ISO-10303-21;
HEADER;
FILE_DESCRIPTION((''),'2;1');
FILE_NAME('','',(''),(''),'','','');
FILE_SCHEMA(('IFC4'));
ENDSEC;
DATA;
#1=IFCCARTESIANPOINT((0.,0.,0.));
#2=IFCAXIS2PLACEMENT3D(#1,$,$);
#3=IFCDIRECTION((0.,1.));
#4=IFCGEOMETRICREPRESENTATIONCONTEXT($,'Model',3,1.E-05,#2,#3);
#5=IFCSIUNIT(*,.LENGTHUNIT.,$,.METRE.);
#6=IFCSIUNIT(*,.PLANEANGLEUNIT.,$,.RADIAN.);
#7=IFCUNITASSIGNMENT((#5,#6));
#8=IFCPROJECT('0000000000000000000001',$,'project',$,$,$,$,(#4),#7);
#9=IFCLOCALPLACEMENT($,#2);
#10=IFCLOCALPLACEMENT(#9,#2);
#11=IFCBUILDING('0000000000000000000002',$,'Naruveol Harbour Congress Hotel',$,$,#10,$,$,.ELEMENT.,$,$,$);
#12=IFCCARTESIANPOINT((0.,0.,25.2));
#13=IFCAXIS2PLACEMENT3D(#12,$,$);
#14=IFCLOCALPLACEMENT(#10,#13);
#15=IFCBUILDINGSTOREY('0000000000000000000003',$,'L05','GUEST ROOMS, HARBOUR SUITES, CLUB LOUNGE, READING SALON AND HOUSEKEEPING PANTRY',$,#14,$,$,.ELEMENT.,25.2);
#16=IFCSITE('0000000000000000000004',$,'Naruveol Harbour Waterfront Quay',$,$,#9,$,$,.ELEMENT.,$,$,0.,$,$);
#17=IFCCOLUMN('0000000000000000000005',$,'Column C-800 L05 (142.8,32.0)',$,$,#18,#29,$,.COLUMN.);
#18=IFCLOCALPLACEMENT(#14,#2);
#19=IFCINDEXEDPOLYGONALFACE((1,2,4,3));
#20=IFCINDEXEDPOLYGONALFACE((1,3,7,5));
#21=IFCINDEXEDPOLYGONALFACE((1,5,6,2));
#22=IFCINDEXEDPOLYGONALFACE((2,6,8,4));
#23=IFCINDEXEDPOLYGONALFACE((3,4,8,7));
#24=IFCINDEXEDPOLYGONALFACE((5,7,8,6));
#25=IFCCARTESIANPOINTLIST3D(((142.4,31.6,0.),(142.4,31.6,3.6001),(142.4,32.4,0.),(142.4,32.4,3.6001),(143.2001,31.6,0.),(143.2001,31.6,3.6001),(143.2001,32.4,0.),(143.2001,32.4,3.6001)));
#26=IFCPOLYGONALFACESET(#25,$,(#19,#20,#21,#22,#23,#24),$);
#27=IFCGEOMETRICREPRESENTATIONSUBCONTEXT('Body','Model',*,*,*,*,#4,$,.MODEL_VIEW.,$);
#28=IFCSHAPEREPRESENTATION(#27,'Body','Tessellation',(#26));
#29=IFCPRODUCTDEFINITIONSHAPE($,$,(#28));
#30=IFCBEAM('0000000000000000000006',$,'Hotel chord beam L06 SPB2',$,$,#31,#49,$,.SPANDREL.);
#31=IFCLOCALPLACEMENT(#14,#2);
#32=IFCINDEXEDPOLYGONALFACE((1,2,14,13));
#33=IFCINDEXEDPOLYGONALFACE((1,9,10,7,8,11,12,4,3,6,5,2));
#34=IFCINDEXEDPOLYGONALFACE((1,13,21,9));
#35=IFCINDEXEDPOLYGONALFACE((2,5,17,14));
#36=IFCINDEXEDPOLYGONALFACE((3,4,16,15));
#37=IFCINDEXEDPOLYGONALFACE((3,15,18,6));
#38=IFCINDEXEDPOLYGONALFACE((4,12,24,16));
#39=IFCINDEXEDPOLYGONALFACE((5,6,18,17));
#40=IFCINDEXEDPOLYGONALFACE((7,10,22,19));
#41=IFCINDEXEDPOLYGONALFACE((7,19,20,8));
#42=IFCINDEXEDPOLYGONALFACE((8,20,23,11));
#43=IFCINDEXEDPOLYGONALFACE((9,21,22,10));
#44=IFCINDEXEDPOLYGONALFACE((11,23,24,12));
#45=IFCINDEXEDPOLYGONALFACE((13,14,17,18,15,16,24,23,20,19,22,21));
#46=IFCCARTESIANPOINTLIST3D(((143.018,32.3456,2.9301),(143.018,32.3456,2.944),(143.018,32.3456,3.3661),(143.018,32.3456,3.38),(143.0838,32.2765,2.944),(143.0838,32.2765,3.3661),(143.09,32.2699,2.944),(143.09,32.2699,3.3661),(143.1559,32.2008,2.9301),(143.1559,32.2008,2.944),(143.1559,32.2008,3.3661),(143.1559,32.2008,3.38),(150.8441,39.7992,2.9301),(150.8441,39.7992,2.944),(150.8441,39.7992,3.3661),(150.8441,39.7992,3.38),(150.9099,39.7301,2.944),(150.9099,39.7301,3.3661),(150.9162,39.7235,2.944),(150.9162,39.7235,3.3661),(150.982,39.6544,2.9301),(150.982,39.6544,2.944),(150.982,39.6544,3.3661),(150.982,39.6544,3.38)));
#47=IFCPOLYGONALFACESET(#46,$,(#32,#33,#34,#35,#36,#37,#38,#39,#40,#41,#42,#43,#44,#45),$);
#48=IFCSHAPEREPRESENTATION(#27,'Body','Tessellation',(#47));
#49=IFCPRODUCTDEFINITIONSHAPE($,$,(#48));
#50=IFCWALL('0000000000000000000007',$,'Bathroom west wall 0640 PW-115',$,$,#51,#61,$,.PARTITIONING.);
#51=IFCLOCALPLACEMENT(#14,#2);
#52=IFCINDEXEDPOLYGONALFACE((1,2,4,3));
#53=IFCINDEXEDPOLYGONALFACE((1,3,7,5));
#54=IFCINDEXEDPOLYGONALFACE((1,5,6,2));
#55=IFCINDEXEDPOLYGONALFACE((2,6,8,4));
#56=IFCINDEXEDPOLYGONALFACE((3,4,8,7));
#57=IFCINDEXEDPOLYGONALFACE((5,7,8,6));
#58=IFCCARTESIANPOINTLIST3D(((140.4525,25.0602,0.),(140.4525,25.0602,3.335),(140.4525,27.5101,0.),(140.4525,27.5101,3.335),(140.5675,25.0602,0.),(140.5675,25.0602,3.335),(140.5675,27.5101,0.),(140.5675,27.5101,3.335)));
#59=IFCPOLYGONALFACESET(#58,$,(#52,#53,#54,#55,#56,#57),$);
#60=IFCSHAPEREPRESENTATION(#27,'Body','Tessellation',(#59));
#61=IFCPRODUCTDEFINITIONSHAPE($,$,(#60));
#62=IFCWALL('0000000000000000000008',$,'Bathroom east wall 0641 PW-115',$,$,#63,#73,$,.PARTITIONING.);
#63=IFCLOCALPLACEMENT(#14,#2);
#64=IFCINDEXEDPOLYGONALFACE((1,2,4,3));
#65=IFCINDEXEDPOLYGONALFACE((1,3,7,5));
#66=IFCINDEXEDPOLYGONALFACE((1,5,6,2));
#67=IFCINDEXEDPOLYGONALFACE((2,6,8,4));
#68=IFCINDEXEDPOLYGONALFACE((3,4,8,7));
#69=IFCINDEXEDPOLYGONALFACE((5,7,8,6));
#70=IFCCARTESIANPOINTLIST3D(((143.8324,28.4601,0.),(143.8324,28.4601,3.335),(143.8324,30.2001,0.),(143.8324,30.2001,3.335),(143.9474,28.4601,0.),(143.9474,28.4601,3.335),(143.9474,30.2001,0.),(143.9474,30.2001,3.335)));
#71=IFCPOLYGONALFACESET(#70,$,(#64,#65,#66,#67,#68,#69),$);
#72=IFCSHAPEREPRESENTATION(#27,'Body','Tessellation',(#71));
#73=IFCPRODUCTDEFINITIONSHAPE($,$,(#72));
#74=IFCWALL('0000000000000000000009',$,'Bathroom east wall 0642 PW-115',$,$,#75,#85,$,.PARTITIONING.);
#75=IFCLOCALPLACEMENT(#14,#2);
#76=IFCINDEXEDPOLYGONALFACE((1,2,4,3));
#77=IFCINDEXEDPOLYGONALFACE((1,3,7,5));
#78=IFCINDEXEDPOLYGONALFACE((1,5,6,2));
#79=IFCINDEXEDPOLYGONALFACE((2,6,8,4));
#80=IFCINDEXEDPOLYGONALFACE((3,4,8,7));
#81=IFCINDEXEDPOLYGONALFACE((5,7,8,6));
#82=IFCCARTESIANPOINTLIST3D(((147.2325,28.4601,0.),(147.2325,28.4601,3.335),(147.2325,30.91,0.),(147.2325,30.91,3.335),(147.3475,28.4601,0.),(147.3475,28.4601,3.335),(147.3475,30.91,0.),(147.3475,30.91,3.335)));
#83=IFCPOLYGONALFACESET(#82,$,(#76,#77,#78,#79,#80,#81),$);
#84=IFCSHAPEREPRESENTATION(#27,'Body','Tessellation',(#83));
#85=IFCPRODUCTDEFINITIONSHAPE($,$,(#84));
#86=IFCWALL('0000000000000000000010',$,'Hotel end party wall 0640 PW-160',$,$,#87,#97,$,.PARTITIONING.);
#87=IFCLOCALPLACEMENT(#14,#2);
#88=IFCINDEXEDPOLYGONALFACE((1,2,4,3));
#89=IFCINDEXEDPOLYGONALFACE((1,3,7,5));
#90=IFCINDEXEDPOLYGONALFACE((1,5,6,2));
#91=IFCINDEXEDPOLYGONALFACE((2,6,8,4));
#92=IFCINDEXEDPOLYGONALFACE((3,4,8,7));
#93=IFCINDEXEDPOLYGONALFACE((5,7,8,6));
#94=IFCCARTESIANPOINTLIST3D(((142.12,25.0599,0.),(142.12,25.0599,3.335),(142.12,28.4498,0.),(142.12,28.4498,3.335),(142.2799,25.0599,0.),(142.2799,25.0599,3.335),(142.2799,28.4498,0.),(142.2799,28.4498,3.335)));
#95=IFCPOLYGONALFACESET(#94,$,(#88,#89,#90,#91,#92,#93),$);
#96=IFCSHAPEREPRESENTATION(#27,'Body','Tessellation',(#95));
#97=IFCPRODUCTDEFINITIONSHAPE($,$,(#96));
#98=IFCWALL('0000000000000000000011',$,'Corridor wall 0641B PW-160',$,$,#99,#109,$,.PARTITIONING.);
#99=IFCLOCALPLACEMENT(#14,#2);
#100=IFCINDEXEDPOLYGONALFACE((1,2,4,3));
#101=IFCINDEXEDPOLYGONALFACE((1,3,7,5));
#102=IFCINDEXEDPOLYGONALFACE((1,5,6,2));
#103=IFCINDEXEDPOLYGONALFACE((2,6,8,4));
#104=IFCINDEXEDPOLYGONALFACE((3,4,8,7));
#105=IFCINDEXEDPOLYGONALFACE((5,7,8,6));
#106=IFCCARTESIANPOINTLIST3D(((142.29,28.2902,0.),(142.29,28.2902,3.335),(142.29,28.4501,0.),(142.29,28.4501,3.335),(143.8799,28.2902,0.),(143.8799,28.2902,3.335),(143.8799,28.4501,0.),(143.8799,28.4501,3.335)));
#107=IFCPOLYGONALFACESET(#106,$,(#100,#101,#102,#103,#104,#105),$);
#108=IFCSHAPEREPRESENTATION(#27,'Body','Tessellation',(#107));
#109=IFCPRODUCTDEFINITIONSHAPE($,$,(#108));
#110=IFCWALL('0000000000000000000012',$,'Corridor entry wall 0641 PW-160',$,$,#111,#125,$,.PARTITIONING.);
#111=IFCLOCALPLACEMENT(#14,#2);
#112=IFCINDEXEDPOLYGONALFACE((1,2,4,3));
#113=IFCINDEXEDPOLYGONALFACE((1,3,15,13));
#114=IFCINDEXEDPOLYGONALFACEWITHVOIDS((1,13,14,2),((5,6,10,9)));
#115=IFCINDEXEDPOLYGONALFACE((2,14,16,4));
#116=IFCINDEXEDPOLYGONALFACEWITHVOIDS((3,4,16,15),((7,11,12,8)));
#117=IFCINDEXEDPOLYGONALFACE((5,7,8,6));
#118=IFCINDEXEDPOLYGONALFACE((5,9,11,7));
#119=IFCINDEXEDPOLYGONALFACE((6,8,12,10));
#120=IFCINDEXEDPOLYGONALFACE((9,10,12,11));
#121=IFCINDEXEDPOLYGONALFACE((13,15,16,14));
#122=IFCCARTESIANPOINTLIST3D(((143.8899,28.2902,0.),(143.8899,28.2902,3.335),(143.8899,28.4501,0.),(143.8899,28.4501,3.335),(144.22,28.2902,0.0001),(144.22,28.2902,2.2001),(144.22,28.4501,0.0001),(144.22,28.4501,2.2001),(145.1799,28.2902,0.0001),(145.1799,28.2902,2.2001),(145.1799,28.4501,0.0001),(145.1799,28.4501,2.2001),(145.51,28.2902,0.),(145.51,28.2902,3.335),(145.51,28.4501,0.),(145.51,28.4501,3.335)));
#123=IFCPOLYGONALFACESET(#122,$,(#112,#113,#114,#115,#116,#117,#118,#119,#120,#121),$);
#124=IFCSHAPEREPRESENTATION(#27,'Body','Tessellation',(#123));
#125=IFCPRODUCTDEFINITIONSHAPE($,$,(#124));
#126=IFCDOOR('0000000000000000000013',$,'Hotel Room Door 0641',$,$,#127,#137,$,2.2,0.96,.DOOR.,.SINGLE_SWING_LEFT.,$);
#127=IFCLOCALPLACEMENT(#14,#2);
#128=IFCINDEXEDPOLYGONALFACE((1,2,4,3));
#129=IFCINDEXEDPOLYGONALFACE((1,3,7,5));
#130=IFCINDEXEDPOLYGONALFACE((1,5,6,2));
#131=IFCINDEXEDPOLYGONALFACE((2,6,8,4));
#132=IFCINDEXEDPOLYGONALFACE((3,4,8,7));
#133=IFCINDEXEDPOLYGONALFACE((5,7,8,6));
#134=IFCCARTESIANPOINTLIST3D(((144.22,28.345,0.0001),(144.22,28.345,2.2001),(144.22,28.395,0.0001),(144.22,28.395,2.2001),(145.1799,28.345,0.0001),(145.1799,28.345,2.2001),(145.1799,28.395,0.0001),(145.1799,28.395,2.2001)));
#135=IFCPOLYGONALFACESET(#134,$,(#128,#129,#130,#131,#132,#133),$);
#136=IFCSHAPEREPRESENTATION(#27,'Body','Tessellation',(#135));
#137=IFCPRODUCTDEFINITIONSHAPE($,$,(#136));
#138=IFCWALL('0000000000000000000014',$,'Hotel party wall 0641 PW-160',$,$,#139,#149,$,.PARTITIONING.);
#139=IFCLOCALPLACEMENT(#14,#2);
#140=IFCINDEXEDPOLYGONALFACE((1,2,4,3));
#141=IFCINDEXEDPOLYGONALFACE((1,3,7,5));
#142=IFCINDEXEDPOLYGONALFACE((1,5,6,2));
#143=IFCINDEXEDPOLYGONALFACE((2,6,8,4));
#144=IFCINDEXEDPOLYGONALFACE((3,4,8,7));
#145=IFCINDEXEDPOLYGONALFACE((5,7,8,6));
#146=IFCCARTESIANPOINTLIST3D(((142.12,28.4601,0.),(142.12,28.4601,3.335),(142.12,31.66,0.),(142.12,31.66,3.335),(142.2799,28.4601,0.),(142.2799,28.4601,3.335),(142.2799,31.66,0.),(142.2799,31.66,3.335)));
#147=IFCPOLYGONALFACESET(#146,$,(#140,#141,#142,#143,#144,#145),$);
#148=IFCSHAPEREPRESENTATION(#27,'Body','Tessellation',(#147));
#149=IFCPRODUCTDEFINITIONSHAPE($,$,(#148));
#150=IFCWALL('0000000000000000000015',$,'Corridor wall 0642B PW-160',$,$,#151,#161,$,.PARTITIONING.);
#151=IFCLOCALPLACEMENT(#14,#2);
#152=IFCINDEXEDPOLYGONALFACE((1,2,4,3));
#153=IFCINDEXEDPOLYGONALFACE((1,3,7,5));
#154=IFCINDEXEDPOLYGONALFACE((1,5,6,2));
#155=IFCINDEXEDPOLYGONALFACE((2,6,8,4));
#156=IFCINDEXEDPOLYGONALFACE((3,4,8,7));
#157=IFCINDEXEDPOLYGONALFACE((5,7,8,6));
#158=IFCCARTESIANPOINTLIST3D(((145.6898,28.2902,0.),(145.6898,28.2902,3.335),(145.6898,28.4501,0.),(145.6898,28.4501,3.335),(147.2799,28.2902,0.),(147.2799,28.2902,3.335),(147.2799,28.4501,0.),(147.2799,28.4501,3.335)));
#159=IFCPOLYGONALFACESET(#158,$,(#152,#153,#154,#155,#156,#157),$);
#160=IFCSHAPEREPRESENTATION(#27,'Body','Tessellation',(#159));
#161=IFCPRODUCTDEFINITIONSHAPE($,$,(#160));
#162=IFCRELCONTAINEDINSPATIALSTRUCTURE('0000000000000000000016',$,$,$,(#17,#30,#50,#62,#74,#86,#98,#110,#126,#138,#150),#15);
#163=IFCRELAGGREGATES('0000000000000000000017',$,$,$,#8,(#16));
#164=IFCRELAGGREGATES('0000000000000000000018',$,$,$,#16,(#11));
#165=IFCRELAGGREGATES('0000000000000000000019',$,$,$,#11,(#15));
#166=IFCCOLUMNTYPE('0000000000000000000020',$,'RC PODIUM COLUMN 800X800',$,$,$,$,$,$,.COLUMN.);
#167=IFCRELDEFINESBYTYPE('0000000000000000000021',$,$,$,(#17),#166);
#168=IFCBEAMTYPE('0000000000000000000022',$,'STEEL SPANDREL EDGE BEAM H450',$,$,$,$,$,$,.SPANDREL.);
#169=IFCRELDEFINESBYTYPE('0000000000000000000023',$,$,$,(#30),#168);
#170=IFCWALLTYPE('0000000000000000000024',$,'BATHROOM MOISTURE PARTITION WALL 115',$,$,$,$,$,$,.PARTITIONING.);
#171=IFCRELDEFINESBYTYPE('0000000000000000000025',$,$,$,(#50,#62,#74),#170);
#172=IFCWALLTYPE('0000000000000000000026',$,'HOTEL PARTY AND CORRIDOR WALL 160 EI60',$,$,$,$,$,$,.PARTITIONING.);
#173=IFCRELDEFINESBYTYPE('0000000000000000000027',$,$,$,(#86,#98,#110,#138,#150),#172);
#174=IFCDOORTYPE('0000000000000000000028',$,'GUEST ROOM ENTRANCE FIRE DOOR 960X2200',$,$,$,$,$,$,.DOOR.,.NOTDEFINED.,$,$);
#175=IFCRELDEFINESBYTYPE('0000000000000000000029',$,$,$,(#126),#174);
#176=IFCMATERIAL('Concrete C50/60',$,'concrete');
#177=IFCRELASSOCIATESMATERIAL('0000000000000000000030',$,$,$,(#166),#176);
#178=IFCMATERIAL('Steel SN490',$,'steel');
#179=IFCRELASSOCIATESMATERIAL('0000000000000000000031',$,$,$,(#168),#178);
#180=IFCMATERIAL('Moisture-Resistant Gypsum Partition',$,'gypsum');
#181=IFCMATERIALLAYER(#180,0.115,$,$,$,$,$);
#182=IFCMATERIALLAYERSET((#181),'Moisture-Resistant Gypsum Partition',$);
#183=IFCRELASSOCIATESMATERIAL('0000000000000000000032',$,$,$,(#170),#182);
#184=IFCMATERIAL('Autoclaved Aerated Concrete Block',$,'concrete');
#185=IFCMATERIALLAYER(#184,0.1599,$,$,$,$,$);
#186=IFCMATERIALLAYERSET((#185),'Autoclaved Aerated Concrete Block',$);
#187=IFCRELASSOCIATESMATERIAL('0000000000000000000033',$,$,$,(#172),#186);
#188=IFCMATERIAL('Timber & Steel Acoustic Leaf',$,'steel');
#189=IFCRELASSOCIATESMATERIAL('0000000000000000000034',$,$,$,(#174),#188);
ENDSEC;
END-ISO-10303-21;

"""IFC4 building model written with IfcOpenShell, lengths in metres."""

from ifc_helpers import new_model, si_unit, direction, frame, frame_2d, origin, origin_2d, place, context, subcontext, project, spatial, rectangle, i_section, extrude, material, layer, layer_set, material_profile, profile_set, type_object, element, fill, save


model = new_model("IFC4")

# Units and contexts
model_context = context("Model", 3, precision=1e-05, world=origin(), true_north=direction((0.0, 1.0)))
body_context = subcontext(model_context, "Body", "Model", "MODEL_VIEW")
ifc_project = project(units=[si_unit("LENGTHUNIT", "METRE"), si_unit("PLANEANGLEUNIT", "RADIAN")], contexts=[model_context])

# Site, building, storey
site_placement = place(None, origin())
site = spatial("IfcSite", under=ifc_project, at=site_placement, Name="Naruveol Harbour Waterfront Quay", CompositionType="ELEMENT", RefElevation=0.0)
building_placement = place(site_placement, origin())
building = spatial("IfcBuilding", under=site, at=building_placement, Name="Naruveol Harbour Congress Hotel", CompositionType="ELEMENT")
storey_placement = place(building_placement, frame((0.0, 0.0, 25.2)))
storey = spatial("IfcBuildingStorey", under=building, at=storey_placement, Name="L05", Description="GUEST ROOMS, HARBOUR SUITES, CLUB LOUNGE, READING SALON AND HOUSEKEEPING PANTRY", CompositionType="ELEMENT", Elevation=25.2)

# Column
ifc_material_1 = material(Name="Concrete C50/60", Category="concrete")
ifc_material_profile_1 = material_profile(ifc_material_1, rectangle(XDim=0.8, YDim=0.8, at=origin_2d()), Name="RC-800x800")
ifc_profile_set_1 = profile_set([ifc_material_profile_1], Name="Concrete C50/60")
column_type = type_object("IfcColumnType", Name="RC PODIUM COLUMN 800X800", PredefinedType="COLUMN", material=ifc_profile_set_1)
column_placement = place(storey_placement, frame((142.8, 32.0, 0.0), z_axis=(0.0, 0.0, 1.0), x_axis=(1.0, 0.0, 0.0)))
element("IfcColumn", 1, at=column_placement, inside=storey, type_object=column_type, Name="Column C-800 L05 (142.8,32.0)", PredefinedType="COLUMN", context=body_context, shape_type="SweptSolid", body=[
    extrude(rectangle(XDim=0.8, YDim=0.8, at=origin_2d()), origin(), (0.0, 0.0, 1.0), 3.6001),
])

# Beam
ifc_material_2 = material(Name="Steel SN490", Category="steel")
ifc_material_profile_2 = material_profile(ifc_material_2, i_section(OverallWidth=0.2, OverallDepth=0.45, WebThickness=0.009, FlangeThickness=0.0139, at=origin_2d()), Name="H-450x200x9x14")
ifc_profile_set_2 = profile_set([ifc_material_profile_2], Name="Steel SN490")
beam_type = type_object("IfcBeamType", Name="STEEL SPANDREL EDGE BEAM H450", PredefinedType="SPANDREL", material=ifc_profile_set_2)
beam_placement = place(storey_placement, frame((143.0869, 32.2732, 3.155), z_axis=(0.724133, 0.689661, 0.0), x_axis=(-0.689661, 0.724133, 0.0)))
element("IfcBeam", 2, at=beam_placement, inside=storey, type_object=beam_type, Name="Hotel chord beam L06 SPB2", PredefinedType="SPANDREL", context=body_context, shape_type="SweptSolid", body=[
    extrude(i_section(OverallWidth=0.2, OverallDepth=0.45, WebThickness=0.009, FlangeThickness=0.0139, at=origin_2d()), origin(), (0.0, 0.0, 1.0), 10.8076),
])

# Wall
ifc_material_3 = material(Name="Moisture-Resistant Gypsum Partition", Category="gypsum")
ifc_layer_1 = layer(ifc_material_3, 0.115)
ifc_layer_set_1 = layer_set([ifc_layer_1], Name="Moisture-Resistant Gypsum Partition")
wall_type_1 = type_object("IfcWallType", Name="BATHROOM MOISTURE PARTITION WALL 115", PredefinedType="PARTITIONING", material=ifc_layer_set_1)
wall_1_placement = place(storey_placement, frame((140.51, 25.0601, 0.0), z_axis=(0.0, 0.0, 1.0), x_axis=(0.0, 1.0, 0.0)))
element("IfcWall", 3, at=wall_1_placement, inside=storey, type_object=wall_type_1, Name="Bathroom west wall 0640 PW-115", PredefinedType="PARTITIONING", context=body_context, shape_type="SweptSolid", body=[
    extrude(rectangle(XDim=2.45, YDim=0.115, at=frame_2d((1.2251, 0.0))), origin(), (0.0, 0.0, 1.0), 3.335),
])

# Wall
wall_2_placement = place(storey_placement, frame((143.8899, 28.46, 0.0), z_axis=(0.0, 0.0, 1.0), x_axis=(0.0, 1.0, 0.0)))
element("IfcWall", 4, at=wall_2_placement, inside=storey, type_object=wall_type_1, Name="Bathroom east wall 0641 PW-115", PredefinedType="PARTITIONING", context=body_context, shape_type="SweptSolid", body=[
    extrude(rectangle(XDim=1.74, YDim=0.115, at=frame_2d((0.8701, 0.0))), origin(), (0.0, 0.0, 1.0), 3.335),
])

# Wall
wall_3_placement = place(storey_placement, frame((147.29, 28.46, 0.0), z_axis=(0.0, 0.0, 1.0), x_axis=(0.0, 1.0, 0.0)))
element("IfcWall", 5, at=wall_3_placement, inside=storey, type_object=wall_type_1, Name="Bathroom east wall 0642 PW-115", PredefinedType="PARTITIONING", context=body_context, shape_type="SweptSolid", body=[
    extrude(rectangle(XDim=2.45, YDim=0.115, at=frame_2d((1.2251, 0.0))), origin(), (0.0, 0.0, 1.0), 3.335),
])

# Walls
ifc_material_4 = material(Name="Autoclaved Aerated Concrete Block", Category="concrete")
ifc_layer_2 = layer(ifc_material_4, 0.1599)
ifc_layer_set_2 = layer_set([ifc_layer_2], Name="Autoclaved Aerated Concrete Block")
wall_type_2 = type_object("IfcWallType", Name="HOTEL PARTY AND CORRIDOR WALL 160 EI60", PredefinedType="PARTITIONING", material=ifc_layer_set_2)
wall_4_placement = place(storey_placement, frame((142.2, 25.0601, 0.0), z_axis=(0.0, 0.0, 1.0), x_axis=(0.0, 1.0, 0.0)))
element("IfcWall", 6, at=wall_4_placement, inside=storey, type_object=wall_type_2, Name="Hotel end party wall 0640 PW-160", PredefinedType="PARTITIONING", context=body_context, shape_type="SweptSolid", body=[
    extrude(rectangle(XDim=3.3899, YDim=0.1599, at=frame_2d((1.6948, 0.0))), origin(), (0.0, 0.0, 1.0), 3.335),
])
wall_5_placement = place(storey_placement, frame((142.29, 28.3701, 0.0), z_axis=(0.0, 0.0, 1.0), x_axis=(1.0, 0.0, 0.0)))
element("IfcWall", 7, at=wall_5_placement, inside=storey, type_object=wall_type_2, Name="Corridor wall 0641B PW-160", PredefinedType="PARTITIONING", context=body_context, shape_type="SweptSolid", body=[
    extrude(rectangle(XDim=1.5898, YDim=0.1599, at=frame_2d((0.7949, 0.0))), origin(), (0.0, 0.0, 1.0), 3.335),
])

# Wall, opening, door
wall_6_placement = place(storey_placement, frame((143.8899, 28.3701, 0.0), z_axis=(0.0, 0.0, 1.0), x_axis=(1.0, 0.0, 0.0)))
wall_6 = element("IfcWall", 8, at=wall_6_placement, inside=storey, type_object=wall_type_2, Name="Corridor entry wall 0641 PW-160", PredefinedType="PARTITIONING", context=body_context, shape_type="SweptSolid", body=[
    extrude(rectangle(XDim=1.6201, YDim=0.1599, at=frame_2d((0.8101, 0.0))), origin(), (0.0, 0.0, 1.0), 3.335),
])
opening_1_placement = place(wall_6_placement, frame((0.3301, 0.0, 0.0)))
opening_1 = element("IfcOpeningElement", 9, at=opening_1_placement, cuts=wall_6, PredefinedType="OPENING", context=body_context, shape_type="SweptSolid", body=[
    extrude(rectangle(XDim=0.96, YDim=2.2, at=frame_2d((0.48, 1.1001))), frame((0.0, 0.0898, 0.0), z_axis=(0.0, -1.0, 0.0), x_axis=(1.0, 0.0, 0.0)), (0.0, 0.0, 1.0), 0.1799),
])
ifc_material_5 = material(Name="Timber & Steel Acoustic Leaf", Category="steel")
door_type_1 = type_object("IfcDoorType", Name="GUEST ROOM ENTRANCE FIRE DOOR 960X2200", OperationType="NOTDEFINED", PredefinedType="DOOR", material=ifc_material_5)
door_1_placement = place(opening_1_placement, origin())
door_1 = element("IfcDoor", 10, at=door_1_placement, inside=storey, type_object=door_type_1, Name="Hotel Room Door 0641", OperationType="SINGLE_SWING_LEFT", OverallHeight=2.2, OverallWidth=0.96, PredefinedType="DOOR", context=body_context, shape_type="SweptSolid", body=[
    extrude(rectangle(XDim=0.96, YDim=2.2, at=frame_2d((0.48, 1.1001))), frame((0.0, 0.0249, 0.0), z_axis=(0.0, -1.0, 0.0), x_axis=(1.0, 0.0, 0.0)), (0.0, 0.0, 1.0), 0.05),
])
fill(opening_1, door_1)

# Walls
wall_7_placement = place(storey_placement, frame((142.2, 28.46, 0.0), z_axis=(0.0, 0.0, 1.0), x_axis=(0.0, 1.0, 0.0)))
element("IfcWall", 11, at=wall_7_placement, inside=storey, type_object=wall_type_2, Name="Hotel party wall 0641 PW-160", PredefinedType="PARTITIONING", context=body_context, shape_type="SweptSolid", body=[
    extrude(rectangle(XDim=3.2, YDim=0.1599, at=frame_2d((1.6001, 0.0))), origin(), (0.0, 0.0, 1.0), 3.335),
])
wall_8_placement = place(storey_placement, frame((145.6899, 28.3701, 0.0), z_axis=(0.0, 0.0, 1.0), x_axis=(1.0, 0.0, 0.0)))
element("IfcWall", 12, at=wall_8_placement, inside=storey, type_object=wall_type_2, Name="Corridor wall 0642B PW-160", PredefinedType="PARTITIONING", context=body_context, shape_type="SweptSolid", body=[
    extrude(rectangle(XDim=1.5901, YDim=0.1599, at=frame_2d((0.7949, 0.0))), origin(), (0.0, 0.0, 1.0), 3.335),
])

save(model, "model.ifc")
